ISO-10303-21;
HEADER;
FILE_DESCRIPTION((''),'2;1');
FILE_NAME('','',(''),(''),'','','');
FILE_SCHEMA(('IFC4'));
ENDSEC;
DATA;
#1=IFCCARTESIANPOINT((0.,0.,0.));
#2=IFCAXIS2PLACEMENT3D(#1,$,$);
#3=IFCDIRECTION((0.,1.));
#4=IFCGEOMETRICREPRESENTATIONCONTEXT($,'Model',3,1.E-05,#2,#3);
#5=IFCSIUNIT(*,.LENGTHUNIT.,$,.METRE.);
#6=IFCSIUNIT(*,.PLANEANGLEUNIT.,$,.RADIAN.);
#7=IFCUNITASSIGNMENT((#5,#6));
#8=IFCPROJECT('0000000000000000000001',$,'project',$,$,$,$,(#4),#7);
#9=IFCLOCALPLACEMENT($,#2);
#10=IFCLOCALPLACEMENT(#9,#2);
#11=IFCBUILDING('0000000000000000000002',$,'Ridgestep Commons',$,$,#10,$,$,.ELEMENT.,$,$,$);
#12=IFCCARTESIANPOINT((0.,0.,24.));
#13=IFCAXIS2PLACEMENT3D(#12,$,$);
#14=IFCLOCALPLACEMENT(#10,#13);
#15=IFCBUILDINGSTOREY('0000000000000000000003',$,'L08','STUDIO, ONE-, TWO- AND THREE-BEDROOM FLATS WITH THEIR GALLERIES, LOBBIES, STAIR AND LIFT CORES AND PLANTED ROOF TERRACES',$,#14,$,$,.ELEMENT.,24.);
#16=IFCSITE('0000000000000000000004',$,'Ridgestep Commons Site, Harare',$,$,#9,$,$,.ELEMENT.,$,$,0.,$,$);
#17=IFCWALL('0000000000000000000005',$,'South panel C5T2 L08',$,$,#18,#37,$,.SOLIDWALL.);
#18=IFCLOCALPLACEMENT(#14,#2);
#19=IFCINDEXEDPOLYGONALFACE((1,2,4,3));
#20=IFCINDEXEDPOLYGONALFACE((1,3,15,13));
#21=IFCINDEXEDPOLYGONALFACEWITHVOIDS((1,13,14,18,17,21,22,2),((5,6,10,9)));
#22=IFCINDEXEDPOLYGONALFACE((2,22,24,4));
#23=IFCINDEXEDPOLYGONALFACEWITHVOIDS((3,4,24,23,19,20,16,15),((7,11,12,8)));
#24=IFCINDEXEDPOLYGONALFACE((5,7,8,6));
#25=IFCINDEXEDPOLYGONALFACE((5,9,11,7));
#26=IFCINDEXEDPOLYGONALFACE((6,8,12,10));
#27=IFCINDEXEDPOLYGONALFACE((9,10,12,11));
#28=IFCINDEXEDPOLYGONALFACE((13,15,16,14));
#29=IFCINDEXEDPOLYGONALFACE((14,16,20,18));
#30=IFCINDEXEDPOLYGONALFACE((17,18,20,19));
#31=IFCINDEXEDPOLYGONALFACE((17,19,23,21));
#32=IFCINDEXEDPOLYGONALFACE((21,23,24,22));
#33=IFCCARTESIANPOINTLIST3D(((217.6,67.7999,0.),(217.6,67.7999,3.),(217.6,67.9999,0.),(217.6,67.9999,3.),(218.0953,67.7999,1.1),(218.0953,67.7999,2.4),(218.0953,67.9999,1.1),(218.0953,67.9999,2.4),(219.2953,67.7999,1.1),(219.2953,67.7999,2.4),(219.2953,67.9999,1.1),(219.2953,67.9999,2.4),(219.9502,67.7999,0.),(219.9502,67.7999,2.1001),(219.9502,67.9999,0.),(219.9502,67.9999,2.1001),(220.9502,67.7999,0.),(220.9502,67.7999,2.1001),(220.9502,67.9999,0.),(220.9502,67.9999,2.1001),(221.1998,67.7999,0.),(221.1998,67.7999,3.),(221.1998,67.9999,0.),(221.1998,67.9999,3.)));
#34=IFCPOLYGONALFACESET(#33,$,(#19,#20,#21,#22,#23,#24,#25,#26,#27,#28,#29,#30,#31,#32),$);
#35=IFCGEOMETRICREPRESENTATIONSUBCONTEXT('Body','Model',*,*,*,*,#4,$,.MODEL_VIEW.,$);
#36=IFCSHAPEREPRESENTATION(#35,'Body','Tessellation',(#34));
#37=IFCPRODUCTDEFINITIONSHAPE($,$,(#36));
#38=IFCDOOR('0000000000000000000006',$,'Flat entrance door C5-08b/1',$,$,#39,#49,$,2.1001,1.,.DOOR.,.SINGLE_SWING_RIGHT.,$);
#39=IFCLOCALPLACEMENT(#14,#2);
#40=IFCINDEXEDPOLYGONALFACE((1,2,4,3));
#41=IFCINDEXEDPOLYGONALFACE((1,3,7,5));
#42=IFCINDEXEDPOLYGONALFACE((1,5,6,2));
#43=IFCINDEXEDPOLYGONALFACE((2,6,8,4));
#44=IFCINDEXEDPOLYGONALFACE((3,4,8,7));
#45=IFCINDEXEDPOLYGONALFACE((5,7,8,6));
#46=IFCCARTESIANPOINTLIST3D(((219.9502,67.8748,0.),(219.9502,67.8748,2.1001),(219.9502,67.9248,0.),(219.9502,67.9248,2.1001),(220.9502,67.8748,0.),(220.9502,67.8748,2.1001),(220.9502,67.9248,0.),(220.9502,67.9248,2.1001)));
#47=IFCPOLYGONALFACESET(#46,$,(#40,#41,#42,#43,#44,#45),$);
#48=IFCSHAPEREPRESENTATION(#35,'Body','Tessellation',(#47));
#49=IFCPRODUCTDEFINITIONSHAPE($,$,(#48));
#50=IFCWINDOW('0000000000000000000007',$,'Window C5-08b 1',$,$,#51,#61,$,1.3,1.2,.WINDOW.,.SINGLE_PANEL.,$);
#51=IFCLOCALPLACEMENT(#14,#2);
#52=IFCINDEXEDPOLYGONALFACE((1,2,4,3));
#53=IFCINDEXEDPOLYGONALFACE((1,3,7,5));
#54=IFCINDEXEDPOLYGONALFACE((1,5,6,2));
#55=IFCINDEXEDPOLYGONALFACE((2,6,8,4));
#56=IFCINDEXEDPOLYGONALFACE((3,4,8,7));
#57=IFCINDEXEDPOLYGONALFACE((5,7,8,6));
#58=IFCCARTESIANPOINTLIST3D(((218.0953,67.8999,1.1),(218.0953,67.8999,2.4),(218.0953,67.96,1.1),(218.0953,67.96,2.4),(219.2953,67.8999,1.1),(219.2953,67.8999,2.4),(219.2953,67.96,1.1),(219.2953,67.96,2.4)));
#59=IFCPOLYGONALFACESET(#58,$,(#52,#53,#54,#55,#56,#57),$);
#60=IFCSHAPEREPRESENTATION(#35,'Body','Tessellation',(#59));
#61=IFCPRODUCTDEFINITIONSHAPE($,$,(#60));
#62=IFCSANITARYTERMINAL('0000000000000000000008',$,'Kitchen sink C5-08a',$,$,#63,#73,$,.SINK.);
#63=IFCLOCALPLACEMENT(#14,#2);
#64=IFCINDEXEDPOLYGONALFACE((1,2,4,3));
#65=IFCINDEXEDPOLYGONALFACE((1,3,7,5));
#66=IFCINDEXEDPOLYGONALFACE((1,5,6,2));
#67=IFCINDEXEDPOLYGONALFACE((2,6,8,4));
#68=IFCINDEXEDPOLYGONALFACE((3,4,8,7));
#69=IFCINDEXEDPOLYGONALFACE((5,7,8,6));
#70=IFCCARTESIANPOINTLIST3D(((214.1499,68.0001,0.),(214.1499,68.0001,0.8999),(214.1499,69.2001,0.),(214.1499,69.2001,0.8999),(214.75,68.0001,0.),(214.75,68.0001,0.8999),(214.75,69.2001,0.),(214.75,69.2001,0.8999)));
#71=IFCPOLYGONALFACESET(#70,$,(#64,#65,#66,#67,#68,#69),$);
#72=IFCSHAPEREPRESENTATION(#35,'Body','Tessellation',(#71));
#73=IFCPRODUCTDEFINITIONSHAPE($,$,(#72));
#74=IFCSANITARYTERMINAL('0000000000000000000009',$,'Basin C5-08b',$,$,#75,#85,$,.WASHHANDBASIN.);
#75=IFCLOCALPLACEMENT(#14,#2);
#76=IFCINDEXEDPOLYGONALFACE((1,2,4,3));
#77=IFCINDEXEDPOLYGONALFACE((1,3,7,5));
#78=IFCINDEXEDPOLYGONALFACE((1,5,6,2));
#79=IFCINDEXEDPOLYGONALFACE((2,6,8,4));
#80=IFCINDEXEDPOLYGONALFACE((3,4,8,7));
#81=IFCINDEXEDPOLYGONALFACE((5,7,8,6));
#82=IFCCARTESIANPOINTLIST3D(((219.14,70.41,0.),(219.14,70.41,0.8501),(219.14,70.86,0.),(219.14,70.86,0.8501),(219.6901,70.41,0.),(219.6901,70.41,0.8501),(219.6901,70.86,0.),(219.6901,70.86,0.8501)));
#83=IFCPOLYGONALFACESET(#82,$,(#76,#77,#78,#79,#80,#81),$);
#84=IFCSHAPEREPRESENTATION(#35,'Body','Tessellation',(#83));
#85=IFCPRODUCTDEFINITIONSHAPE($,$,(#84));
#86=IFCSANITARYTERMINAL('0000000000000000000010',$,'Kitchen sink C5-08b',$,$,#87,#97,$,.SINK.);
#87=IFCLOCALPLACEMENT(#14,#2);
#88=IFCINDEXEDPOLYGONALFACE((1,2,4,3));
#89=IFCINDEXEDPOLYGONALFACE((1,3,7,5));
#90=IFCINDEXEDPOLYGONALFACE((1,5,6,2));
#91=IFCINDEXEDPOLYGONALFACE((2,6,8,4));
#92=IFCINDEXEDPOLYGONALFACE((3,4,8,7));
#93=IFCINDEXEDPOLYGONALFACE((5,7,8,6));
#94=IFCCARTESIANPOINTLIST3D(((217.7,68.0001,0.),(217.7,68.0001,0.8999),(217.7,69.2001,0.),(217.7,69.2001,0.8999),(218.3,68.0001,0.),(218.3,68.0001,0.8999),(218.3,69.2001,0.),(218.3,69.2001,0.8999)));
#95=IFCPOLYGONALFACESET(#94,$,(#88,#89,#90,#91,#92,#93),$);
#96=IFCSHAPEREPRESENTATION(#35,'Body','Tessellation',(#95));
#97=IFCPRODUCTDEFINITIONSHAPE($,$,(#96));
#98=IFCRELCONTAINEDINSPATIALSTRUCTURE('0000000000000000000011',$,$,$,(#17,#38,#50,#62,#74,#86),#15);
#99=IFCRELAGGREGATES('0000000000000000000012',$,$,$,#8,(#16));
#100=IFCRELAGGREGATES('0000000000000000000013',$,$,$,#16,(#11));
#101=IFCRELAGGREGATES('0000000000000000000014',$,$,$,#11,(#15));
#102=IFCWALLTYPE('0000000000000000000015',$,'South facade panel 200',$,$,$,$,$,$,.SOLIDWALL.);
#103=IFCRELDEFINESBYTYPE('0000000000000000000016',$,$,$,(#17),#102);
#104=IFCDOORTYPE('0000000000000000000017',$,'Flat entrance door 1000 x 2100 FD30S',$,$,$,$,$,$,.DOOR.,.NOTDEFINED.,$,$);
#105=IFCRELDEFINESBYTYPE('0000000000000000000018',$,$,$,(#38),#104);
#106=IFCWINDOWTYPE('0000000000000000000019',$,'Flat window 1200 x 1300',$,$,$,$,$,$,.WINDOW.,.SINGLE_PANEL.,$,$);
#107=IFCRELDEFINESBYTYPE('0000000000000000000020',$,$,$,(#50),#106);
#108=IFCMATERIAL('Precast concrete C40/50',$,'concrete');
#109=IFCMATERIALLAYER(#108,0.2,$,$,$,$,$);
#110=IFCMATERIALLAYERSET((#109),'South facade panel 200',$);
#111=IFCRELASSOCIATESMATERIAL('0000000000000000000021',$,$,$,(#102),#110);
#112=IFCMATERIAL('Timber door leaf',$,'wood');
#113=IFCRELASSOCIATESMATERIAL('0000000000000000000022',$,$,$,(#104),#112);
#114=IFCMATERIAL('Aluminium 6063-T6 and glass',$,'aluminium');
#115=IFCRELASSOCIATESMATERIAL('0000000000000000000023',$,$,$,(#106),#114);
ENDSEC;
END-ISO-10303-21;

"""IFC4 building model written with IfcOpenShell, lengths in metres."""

from ifc_helpers import new_model, si_unit, direction, frame, frame_2d, origin, origin_2d, place, context, subcontext, project, spatial, rectangle, extrude, material, layer, layer_set, type_object, element, fill, save


model = new_model("IFC4")

# Units and contexts
model_context = context("Model", 3, precision=1e-05, world=origin(), true_north=direction((0.0, 1.0)))
body_context = subcontext(model_context, "Body", "Model", "MODEL_VIEW")
ifc_project = project(units=[si_unit("LENGTHUNIT", "METRE"), si_unit("PLANEANGLEUNIT", "RADIAN")], contexts=[model_context])

# Site, building, storey
site_placement = place(None, origin())
site = spatial("IfcSite", under=ifc_project, at=site_placement, Name="Ridgestep Commons Site, Harare", CompositionType="ELEMENT", RefElevation=0.0)
building_placement = place(site_placement, origin())
building = spatial("IfcBuilding", under=site, at=building_placement, Name="Ridgestep Commons", CompositionType="ELEMENT")
storey_placement = place(building_placement, frame((0.0, 0.0, 24.0)))
storey = spatial("IfcBuildingStorey", under=building, at=storey_placement, Name="L08", Description="STUDIO, ONE-, TWO- AND THREE-BEDROOM FLATS WITH THEIR GALLERIES, LOBBIES, STAIR AND LIFT CORES AND PLANTED ROOF TERRACES", CompositionType="ELEMENT", Elevation=24.0)

# Wall, openings, door, window
ifc_material_1 = material(Name="Precast concrete C40/50", Category="concrete")
ifc_layer_1 = layer(ifc_material_1, 0.2)
ifc_layer_set_1 = layer_set([ifc_layer_1], Name="South facade panel 200")
wall_type_1 = type_object("IfcWallType", Name="South facade panel 200", PredefinedType="SOLIDWALL", material=ifc_layer_set_1)
ifc_material_2 = material(Name="Timber door leaf", Category="wood")
door_type_1 = type_object("IfcDoorType", Name="Flat entrance door 1000 x 2100 FD30S", OperationType="NOTDEFINED", PredefinedType="DOOR", material=ifc_material_2)
ifc_material_3 = material(Name="Aluminium 6063-T6 and glass", Category="aluminium")
window_type_1 = type_object("IfcWindowType", Name="Flat window 1200 x 1300", PartitioningType="SINGLE_PANEL", PredefinedType="WINDOW", material=ifc_material_3)
wall_1_placement = place(storey_placement, frame((217.6001, 67.8999, 0.0), z_axis=(0.0, 0.0, 1.0), x_axis=(1.0, 0.0, 0.0)))
wall_1 = element("IfcWall", 1, at=wall_1_placement, inside=storey, type_object=wall_type_1, Name="South panel C5T2 L08", PredefinedType="SOLIDWALL", context=body_context, shape_type="SweptSolid", body=[
    extrude(rectangle(XDim=3.5999, YDim=0.2, at=frame_2d((1.7998, 0.0))), origin(), (0.0, 0.0, 1.0), 3.0),
])
opening_1_placement = place(wall_1_placement, frame((0.4951, 0.0, 1.1001)))
opening_1 = element("IfcOpeningElement", 2, at=opening_1_placement, cuts=wall_1, PredefinedType="OPENING", context=body_context, shape_type="SweptSolid", body=[
    extrude(rectangle(XDim=1.2, YDim=1.3, at=frame_2d((0.6001, 0.6499))), frame((0.0, 0.1099, 0.0), z_axis=(0.0, -1.0, 0.0), x_axis=(1.0, 0.0, 0.0)), (0.0, 0.0, 1.0), 0.22),
])
opening_2_placement = place(wall_1_placement, frame((2.3501, 0.0, 0.0)))
opening_2 = element("IfcOpeningElement", 3, at=opening_2_placement, cuts=wall_1, PredefinedType="OPENING", context=body_context, shape_type="SweptSolid", body=[
    extrude(rectangle(XDim=1.0, YDim=2.1001, at=frame_2d((0.5, 1.05))), frame((0.0, 0.1099, 0.0), z_axis=(0.0, -1.0, 0.0), x_axis=(1.0, 0.0, 0.0)), (0.0, 0.0, 1.0), 0.22),
])
door_1_placement = place(opening_2_placement, origin())
door_1 = element("IfcDoor", 4, at=door_1_placement, inside=storey, type_object=door_type_1, Name="Flat entrance door C5-08b/1", OperationType="SINGLE_SWING_RIGHT", OverallHeight=2.1001, OverallWidth=1.0, PredefinedType="DOOR", context=body_context, shape_type="SweptSolid", body=[
    extrude(rectangle(XDim=1.0, YDim=2.1001, at=frame_2d((0.5, 1.05))), frame((0.0, 0.0249, 0.0), z_axis=(0.0, -1.0, 0.0), x_axis=(1.0, 0.0, 0.0)), (0.0, 0.0, 1.0), 0.05),
])
fill(opening_2, door_1)
window_1_placement = place(opening_1_placement, origin())
window_1 = element("IfcWindow", 5, at=window_1_placement, inside=storey, type_object=window_type_1, Name="Window C5-08b 1", OverallHeight=1.3, OverallWidth=1.2, PartitioningType="SINGLE_PANEL", PredefinedType="WINDOW", context=body_context, shape_type="SweptSolid", body=[
    extrude(rectangle(XDim=1.2, YDim=1.3, at=frame_2d((0.6001, 0.6499))), frame((0.0, 0.0601, 0.0), z_axis=(0.0, -1.0, 0.0), x_axis=(1.0, 0.0, 0.0)), (0.0, 0.0, 1.0), 0.0601),
])
fill(opening_1, window_1)

# Sanitary terminals
sanitary_terminal_1_placement = place(storey_placement, frame((214.45, 68.6001, 0.0), z_axis=(0.0, 0.0, 1.0), x_axis=(1.0, 0.0, 0.0)))
element("IfcSanitaryTerminal", 6, at=sanitary_terminal_1_placement, inside=storey, Name="Kitchen sink C5-08a", PredefinedType="SINK", context=body_context, shape_type="SweptSolid", body=[
    extrude(rectangle(XDim=0.6001, YDim=1.2, at=origin_2d()), origin(), (0.0, 0.0, 1.0), 0.8999),
])
sanitary_terminal_2_placement = place(storey_placement, frame((219.415, 70.635, 0.0), z_axis=(0.0, 0.0, 1.0), x_axis=(1.0, 0.0, 0.0)))
element("IfcSanitaryTerminal", 7, at=sanitary_terminal_2_placement, inside=storey, Name="Basin C5-08b", PredefinedType="WASHHANDBASIN", context=body_context, shape_type="SweptSolid", body=[
    extrude(rectangle(XDim=0.55, YDim=0.45, at=origin_2d()), origin(), (0.0, 0.0, 1.0), 0.8501),
])
sanitary_terminal_3_placement = place(storey_placement, frame((218.0, 68.6001, 0.0), z_axis=(0.0, 0.0, 1.0), x_axis=(1.0, 0.0, 0.0)))
element("IfcSanitaryTerminal", 8, at=sanitary_terminal_3_placement, inside=storey, Name="Kitchen sink C5-08b", PredefinedType="SINK", context=body_context, shape_type="SweptSolid", body=[
    extrude(rectangle(XDim=0.6001, YDim=1.2, at=origin_2d()), origin(), (0.0, 0.0, 1.0), 0.8999),
])

save(model, "model.ifc")
